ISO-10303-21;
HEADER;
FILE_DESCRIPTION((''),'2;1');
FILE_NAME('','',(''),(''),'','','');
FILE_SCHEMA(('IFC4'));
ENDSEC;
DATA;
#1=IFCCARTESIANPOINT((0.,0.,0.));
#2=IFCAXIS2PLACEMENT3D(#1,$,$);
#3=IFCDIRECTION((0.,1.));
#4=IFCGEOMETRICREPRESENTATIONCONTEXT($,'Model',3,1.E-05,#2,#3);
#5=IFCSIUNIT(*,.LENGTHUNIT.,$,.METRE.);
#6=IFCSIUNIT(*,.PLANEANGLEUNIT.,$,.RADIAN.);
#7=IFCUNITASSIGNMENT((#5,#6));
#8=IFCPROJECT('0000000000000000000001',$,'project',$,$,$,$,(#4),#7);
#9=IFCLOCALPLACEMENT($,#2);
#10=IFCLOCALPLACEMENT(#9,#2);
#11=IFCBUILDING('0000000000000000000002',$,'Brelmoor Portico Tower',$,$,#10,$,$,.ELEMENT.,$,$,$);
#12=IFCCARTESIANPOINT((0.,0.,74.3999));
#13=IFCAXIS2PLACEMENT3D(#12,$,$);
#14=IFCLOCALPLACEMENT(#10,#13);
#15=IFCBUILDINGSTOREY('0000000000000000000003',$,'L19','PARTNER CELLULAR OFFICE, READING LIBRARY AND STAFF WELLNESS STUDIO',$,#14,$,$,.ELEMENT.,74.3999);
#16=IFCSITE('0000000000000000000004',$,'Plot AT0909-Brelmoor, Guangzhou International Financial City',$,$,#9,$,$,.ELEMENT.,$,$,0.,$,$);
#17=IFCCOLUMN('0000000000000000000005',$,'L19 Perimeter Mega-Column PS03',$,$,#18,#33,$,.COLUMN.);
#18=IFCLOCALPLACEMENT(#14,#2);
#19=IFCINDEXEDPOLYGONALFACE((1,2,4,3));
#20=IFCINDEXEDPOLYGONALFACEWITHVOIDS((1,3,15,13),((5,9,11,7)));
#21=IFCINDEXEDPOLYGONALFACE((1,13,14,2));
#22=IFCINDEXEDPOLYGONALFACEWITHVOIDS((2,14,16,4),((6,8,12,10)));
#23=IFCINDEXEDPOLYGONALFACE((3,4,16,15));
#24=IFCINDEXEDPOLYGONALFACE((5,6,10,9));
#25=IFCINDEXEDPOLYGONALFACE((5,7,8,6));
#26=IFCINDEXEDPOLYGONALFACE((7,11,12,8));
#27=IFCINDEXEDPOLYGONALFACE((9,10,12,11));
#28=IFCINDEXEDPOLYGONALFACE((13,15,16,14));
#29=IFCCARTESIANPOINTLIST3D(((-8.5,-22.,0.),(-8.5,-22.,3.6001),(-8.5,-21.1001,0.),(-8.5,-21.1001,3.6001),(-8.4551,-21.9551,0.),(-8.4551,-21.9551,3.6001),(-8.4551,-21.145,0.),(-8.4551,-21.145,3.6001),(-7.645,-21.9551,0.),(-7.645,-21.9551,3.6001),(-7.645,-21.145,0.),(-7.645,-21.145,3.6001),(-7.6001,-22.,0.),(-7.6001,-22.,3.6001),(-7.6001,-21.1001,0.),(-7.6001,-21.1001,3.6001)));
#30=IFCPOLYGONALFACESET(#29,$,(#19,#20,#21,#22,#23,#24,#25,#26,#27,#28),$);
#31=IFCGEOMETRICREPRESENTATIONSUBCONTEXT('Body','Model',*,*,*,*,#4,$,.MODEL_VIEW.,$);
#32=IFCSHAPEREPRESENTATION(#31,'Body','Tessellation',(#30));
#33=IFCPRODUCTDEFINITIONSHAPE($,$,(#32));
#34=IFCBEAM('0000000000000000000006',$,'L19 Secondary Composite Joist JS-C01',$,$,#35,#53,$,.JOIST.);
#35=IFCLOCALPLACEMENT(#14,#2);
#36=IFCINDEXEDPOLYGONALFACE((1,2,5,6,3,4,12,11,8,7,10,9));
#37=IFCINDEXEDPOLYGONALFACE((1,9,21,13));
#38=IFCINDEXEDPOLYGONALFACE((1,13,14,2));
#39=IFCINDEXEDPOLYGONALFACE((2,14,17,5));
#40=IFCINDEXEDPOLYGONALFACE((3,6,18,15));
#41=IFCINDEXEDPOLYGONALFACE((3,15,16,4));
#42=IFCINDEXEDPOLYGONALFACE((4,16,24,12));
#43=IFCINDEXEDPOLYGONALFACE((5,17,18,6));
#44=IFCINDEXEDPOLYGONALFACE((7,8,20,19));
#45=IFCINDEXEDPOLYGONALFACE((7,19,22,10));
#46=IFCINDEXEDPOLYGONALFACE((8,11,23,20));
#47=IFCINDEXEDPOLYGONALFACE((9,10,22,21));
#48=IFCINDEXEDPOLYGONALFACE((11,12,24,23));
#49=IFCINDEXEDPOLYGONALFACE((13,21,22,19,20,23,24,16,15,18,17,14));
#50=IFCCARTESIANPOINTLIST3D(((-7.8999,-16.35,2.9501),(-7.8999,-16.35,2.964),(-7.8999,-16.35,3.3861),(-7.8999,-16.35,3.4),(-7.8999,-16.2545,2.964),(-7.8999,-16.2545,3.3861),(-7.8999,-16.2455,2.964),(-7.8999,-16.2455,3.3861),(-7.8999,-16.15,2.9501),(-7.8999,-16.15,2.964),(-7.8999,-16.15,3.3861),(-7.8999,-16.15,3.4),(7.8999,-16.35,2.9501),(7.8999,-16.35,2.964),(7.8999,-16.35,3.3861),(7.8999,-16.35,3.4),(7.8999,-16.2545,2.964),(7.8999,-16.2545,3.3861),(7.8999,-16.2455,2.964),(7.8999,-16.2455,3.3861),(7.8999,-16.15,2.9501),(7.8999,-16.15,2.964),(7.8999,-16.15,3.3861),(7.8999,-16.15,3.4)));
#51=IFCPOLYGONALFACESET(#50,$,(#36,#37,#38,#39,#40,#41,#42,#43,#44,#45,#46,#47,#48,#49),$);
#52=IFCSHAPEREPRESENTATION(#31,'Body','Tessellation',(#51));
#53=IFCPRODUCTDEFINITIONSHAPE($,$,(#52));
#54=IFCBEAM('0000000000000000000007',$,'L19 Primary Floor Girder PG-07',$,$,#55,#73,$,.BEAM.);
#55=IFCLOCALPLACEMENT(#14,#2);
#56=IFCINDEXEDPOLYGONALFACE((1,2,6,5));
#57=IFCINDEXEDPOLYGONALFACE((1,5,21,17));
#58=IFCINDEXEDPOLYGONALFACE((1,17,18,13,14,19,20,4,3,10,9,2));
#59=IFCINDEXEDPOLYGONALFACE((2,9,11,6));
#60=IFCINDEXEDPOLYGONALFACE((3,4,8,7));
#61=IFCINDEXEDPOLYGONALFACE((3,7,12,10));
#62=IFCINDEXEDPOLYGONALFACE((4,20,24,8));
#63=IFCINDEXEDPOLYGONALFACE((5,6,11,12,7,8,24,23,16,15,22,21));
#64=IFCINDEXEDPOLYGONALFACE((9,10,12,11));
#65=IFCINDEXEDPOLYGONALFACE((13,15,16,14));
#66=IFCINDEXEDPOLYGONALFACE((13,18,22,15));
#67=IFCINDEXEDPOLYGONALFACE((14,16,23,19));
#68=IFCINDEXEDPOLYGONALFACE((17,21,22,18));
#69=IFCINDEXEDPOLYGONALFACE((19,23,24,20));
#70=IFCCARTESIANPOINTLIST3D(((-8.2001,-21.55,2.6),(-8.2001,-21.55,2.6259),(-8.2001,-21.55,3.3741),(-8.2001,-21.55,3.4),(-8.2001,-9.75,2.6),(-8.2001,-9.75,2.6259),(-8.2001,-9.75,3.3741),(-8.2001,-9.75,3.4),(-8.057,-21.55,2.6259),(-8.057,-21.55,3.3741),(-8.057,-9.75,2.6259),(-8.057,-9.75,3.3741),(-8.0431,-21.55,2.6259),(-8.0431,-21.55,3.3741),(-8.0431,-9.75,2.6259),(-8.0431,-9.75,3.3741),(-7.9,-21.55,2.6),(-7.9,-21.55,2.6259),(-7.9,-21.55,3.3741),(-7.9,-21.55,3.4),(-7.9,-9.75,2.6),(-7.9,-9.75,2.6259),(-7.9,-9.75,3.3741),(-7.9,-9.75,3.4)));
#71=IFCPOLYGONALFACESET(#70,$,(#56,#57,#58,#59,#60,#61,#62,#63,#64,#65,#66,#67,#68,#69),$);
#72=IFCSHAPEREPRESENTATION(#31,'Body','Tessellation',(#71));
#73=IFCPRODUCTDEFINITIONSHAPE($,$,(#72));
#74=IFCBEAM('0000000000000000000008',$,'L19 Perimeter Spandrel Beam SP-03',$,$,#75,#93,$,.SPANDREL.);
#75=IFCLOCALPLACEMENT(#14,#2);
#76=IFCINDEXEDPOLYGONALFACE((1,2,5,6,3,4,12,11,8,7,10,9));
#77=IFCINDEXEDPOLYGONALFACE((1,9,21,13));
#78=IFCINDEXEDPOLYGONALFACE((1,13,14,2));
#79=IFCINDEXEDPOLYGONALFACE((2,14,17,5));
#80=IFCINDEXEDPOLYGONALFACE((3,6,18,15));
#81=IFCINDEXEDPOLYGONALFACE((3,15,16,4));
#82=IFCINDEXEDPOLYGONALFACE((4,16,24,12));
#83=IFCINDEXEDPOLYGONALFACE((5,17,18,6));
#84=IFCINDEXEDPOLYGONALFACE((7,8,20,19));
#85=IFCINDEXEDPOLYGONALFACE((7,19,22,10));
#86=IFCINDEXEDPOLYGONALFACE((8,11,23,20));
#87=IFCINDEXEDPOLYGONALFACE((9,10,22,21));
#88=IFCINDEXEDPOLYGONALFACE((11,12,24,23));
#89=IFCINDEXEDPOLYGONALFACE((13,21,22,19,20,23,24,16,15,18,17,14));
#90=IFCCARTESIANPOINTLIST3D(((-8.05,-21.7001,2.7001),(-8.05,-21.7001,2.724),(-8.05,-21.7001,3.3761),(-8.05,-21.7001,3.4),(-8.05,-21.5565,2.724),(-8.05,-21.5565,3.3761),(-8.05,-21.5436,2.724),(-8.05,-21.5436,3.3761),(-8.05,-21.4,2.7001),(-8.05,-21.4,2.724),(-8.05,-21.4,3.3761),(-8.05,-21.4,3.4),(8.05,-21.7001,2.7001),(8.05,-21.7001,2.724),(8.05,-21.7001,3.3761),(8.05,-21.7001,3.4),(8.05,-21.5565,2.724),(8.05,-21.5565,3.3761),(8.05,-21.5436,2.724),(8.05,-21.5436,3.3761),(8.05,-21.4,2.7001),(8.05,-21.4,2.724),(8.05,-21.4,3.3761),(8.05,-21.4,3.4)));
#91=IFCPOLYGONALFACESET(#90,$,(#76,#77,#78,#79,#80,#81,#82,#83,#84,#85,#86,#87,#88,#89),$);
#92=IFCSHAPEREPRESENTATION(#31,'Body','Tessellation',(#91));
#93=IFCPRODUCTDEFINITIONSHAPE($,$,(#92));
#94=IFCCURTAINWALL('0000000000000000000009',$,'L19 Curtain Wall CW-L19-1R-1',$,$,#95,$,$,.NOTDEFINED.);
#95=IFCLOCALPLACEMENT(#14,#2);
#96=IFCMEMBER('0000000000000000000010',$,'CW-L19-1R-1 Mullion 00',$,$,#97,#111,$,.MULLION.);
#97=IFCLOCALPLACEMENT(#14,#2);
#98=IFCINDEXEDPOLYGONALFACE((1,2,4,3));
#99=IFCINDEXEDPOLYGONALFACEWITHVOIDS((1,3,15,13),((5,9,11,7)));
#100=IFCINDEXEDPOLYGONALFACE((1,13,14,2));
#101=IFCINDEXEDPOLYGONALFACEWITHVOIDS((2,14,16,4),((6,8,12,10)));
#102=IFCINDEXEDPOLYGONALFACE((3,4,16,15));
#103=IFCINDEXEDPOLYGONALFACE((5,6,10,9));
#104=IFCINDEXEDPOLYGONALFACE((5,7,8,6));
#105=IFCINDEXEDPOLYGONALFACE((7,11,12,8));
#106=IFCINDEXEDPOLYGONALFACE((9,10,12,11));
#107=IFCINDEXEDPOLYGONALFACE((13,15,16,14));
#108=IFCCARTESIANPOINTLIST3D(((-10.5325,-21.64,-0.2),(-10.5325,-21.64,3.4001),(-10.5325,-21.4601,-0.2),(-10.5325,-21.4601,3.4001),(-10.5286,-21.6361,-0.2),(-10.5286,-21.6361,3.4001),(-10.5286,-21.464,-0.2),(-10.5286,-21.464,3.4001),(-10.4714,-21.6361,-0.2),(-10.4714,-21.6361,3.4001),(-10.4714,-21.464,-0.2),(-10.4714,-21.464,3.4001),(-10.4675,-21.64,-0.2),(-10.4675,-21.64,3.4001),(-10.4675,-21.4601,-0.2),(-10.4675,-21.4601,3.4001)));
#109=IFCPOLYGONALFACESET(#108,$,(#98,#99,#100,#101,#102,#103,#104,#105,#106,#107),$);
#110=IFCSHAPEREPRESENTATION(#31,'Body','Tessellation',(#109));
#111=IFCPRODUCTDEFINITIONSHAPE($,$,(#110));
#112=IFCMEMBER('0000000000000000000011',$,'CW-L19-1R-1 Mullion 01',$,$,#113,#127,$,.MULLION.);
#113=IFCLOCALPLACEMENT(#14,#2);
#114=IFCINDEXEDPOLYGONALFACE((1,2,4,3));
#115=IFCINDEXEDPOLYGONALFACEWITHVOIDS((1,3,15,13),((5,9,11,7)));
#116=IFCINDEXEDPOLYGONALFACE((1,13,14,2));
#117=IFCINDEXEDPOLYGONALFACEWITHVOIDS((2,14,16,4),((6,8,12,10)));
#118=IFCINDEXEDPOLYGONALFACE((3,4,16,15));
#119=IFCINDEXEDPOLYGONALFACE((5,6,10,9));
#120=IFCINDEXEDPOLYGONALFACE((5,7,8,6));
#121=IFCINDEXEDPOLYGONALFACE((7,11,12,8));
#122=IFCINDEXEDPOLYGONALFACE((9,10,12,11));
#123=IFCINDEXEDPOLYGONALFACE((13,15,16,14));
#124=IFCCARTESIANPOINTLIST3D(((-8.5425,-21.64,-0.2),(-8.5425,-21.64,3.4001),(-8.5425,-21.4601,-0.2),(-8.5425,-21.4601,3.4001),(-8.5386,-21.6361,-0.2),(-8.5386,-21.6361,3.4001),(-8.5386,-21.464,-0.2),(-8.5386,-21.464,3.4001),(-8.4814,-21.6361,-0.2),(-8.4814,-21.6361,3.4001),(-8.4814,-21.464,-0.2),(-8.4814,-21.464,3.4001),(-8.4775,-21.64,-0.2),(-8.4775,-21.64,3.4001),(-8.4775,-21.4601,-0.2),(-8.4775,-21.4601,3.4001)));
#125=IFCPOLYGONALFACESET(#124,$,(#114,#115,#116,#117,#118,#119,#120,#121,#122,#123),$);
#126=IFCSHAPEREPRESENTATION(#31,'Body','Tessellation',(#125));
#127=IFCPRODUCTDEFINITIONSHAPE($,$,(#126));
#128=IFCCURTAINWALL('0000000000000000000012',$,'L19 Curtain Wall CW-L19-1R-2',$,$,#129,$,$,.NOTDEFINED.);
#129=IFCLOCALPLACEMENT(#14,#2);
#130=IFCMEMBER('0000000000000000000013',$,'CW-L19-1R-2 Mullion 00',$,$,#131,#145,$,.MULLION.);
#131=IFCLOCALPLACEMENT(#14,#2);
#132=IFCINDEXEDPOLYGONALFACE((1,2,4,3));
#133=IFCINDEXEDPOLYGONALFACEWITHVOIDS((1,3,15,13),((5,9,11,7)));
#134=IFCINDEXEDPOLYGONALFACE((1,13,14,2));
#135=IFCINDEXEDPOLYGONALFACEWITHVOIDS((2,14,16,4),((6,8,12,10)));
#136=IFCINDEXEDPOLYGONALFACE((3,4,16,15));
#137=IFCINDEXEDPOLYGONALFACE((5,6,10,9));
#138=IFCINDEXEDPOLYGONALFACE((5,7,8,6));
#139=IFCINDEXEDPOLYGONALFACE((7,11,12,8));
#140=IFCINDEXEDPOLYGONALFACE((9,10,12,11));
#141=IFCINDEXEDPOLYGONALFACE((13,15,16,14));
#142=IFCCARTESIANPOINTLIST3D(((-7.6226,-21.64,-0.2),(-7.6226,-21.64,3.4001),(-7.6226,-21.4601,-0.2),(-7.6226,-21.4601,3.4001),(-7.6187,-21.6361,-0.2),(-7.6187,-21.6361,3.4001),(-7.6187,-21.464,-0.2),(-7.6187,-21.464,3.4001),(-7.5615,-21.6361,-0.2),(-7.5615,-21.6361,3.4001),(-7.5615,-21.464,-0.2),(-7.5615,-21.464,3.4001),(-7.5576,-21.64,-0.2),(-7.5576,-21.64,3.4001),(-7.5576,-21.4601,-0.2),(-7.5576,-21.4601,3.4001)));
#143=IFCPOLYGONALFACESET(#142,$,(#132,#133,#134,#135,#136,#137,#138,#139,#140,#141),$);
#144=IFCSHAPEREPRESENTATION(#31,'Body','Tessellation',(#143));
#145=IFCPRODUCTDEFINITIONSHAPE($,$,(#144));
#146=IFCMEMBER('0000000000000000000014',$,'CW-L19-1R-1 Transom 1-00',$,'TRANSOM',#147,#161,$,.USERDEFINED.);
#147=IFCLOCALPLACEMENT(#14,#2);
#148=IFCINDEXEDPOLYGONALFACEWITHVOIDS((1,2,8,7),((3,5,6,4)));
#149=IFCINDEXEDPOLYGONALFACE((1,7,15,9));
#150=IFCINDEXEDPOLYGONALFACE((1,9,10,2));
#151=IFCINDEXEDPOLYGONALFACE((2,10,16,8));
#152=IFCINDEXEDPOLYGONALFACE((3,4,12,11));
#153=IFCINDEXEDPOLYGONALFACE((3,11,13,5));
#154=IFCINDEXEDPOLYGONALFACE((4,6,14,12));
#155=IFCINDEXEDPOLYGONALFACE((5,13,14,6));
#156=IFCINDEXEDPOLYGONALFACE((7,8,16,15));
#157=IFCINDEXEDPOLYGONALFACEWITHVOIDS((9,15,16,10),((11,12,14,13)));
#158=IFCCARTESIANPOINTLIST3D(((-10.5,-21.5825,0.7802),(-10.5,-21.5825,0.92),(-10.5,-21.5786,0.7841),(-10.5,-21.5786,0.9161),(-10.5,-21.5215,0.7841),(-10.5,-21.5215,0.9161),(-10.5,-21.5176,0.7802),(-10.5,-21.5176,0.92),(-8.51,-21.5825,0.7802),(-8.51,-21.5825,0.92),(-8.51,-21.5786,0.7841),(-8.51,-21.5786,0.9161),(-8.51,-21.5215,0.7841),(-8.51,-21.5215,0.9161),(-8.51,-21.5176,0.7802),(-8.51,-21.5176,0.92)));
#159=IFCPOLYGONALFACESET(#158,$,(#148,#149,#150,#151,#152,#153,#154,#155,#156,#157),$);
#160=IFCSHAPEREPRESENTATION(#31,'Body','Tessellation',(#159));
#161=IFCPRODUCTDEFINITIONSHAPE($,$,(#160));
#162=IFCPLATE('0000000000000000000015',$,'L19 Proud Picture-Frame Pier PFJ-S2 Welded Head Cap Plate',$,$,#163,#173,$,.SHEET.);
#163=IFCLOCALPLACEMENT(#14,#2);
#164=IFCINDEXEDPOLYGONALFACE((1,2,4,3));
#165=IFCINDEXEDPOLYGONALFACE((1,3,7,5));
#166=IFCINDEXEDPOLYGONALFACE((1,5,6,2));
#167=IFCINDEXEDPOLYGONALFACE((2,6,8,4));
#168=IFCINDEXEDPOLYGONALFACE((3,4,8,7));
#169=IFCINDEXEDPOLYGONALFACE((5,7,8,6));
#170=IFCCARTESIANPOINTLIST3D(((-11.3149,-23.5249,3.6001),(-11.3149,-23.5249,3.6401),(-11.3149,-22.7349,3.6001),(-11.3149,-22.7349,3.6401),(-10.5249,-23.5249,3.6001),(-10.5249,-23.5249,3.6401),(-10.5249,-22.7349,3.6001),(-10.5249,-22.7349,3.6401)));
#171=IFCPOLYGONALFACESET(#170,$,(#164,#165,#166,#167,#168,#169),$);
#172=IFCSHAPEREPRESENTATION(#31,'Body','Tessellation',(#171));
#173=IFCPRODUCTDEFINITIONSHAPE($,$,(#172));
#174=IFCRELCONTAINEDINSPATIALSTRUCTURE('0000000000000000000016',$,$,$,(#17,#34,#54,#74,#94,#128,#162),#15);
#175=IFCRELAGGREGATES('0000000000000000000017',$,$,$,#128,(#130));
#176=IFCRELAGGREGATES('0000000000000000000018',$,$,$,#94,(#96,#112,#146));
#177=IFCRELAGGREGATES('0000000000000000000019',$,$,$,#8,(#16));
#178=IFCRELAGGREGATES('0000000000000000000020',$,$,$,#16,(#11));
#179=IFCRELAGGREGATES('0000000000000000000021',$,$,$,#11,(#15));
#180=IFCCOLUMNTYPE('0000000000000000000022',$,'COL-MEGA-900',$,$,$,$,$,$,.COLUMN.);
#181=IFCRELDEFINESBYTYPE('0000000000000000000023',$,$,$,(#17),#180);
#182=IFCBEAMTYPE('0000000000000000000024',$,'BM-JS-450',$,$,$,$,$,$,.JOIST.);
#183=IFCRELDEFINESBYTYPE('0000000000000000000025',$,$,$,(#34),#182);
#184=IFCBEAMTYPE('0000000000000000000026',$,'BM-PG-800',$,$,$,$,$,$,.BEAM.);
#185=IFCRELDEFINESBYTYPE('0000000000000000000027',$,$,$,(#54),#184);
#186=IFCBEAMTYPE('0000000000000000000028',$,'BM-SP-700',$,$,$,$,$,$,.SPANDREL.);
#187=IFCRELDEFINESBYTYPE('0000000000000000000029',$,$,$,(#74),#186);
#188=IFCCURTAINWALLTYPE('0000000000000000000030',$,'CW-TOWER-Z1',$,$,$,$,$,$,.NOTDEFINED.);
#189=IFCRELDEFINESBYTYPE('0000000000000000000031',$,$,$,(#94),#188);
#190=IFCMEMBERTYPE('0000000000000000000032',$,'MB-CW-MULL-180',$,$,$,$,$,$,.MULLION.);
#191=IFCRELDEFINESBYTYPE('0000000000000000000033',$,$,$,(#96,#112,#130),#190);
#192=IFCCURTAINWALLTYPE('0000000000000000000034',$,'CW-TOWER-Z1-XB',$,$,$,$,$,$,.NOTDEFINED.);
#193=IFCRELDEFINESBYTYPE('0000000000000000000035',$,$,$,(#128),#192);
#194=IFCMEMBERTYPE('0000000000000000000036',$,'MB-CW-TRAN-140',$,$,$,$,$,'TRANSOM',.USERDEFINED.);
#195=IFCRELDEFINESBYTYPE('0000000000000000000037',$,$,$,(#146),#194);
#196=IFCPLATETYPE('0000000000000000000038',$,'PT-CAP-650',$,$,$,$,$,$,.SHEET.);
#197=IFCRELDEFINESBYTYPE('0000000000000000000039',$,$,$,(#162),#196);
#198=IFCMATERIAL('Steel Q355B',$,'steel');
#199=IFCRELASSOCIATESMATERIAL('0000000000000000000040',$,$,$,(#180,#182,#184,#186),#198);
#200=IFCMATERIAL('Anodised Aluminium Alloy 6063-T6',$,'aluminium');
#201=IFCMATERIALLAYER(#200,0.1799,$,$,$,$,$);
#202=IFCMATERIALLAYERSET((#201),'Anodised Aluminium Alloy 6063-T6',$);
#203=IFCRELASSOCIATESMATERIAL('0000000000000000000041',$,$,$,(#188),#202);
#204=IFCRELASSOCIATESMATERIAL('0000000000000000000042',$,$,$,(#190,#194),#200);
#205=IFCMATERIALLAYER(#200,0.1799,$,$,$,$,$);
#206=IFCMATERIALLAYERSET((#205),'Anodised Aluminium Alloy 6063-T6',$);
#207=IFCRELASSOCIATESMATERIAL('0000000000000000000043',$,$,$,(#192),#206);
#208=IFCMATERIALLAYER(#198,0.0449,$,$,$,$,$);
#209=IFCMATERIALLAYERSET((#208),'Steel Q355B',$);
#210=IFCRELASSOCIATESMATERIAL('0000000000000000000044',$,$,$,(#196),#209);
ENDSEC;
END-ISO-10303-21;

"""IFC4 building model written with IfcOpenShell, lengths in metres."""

from ifc_helpers import new_model, si_unit, direction, frame, origin, origin_2d, place, context, subcontext, project, spatial, rectangle, hollow_rectangle, i_section, extrude, material, layer, layer_set, material_profile, profile_set, type_object, element, aggregate, save


model = new_model("IFC4")

# Units and contexts
model_context = context("Model", 3, precision=1e-05, world=origin(), true_north=direction((0.0, 1.0)))
body_context = subcontext(model_context, "Body", "Model", "MODEL_VIEW")
ifc_project = project(units=[si_unit("LENGTHUNIT", "METRE"), si_unit("PLANEANGLEUNIT", "RADIAN")], contexts=[model_context])

# Site, building, storey
site_placement = place(None, origin())
site = spatial("IfcSite", under=ifc_project, at=site_placement, Name="Plot AT0909-Brelmoor, Guangzhou International Financial City", CompositionType="ELEMENT", RefElevation=0.0)
building_placement = place(site_placement, origin())
building = spatial("IfcBuilding", under=site, at=building_placement, Name="Brelmoor Portico Tower", CompositionType="ELEMENT")
storey_placement = place(building_placement, frame((0.0, 0.0, 74.3999)))
storey = spatial("IfcBuildingStorey", under=building, at=storey_placement, Name="L19", Description="PARTNER CELLULAR OFFICE, READING LIBRARY AND STAFF WELLNESS STUDIO", CompositionType="ELEMENT", Elevation=74.3999)

# Column
ifc_material_1 = material(Name="Steel Q355B", Category="steel")
ifc_material_profile_1 = material_profile(ifc_material_1, hollow_rectangle(XDim=0.8999, YDim=0.8999, WallThickness=0.0449, at=origin_2d()), Name="BOX 900x900x45")
ifc_profile_set_1 = profile_set([ifc_material_profile_1], Name="Steel Q355B")
column_type = type_object("IfcColumnType", Name="COL-MEGA-900", PredefinedType="COLUMN", material=ifc_profile_set_1)
column_placement = place(storey_placement, frame((-8.05, -21.55, 0.0), z_axis=(0.0, 0.0, 1.0), x_axis=(1.0, 0.0, 0.0)))
element("IfcColumn", 1, at=column_placement, inside=storey, type_object=column_type, Name="L19 Perimeter Mega-Column PS03", PredefinedType="COLUMN", context=body_context, shape_type="SweptSolid", body=[
    extrude(hollow_rectangle(XDim=0.8999, YDim=0.8999, WallThickness=0.0449, at=origin_2d()), origin(), (0.0, 0.0, 1.0), 3.6001),
])

# Beams
ifc_material_profile_2 = material_profile(ifc_material_1, i_section(OverallWidth=0.2, OverallDepth=0.45, WebThickness=0.009, FlangeThickness=0.0139, at=origin_2d()), Name="HN 450x200x9x14")
ifc_profile_set_2 = profile_set([ifc_material_profile_2], Name="Steel Q355B")
beam_type_1 = type_object("IfcBeamType", Name="BM-JS-450", PredefinedType="JOIST", material=ifc_profile_set_2)
beam_1_placement = place(storey_placement, frame((-7.8999, -16.25, 3.175), z_axis=(1.0, 0.0, 0.0), x_axis=(0.0, 1.0, 0.0)))
element("IfcBeam", 2, at=beam_1_placement, inside=storey, type_object=beam_type_1, Name="L19 Secondary Composite Joist JS-C01", PredefinedType="JOIST", context=body_context, shape_type="SweptSolid", body=[
    extrude(i_section(OverallWidth=0.2, OverallDepth=0.45, WebThickness=0.009, FlangeThickness=0.0139, at=origin_2d()), origin(), (0.0, 0.0, 1.0), 15.7998),
])
ifc_material_profile_3 = material_profile(ifc_material_1, i_section(OverallWidth=0.3, OverallDepth=0.8, WebThickness=0.0139, FlangeThickness=0.0259, at=origin_2d()), Name="HN 800x300x14x26")
ifc_profile_set_3 = profile_set([ifc_material_profile_3], Name="Steel Q355B")
beam_type_2 = type_object("IfcBeamType", Name="BM-PG-800", PredefinedType="BEAM", material=ifc_profile_set_3)
beam_2_placement = place(storey_placement, frame((-8.05, -21.55, 3.0), z_axis=(0.0, 1.0, 0.0), x_axis=(-1.0, 0.0, 0.0)))
element("IfcBeam", 3, at=beam_2_placement, inside=storey, type_object=beam_type_2, Name="L19 Primary Floor Girder PG-07", PredefinedType="BEAM", context=body_context, shape_type="SweptSolid", body=[
    extrude(i_section(OverallWidth=0.3, OverallDepth=0.8, WebThickness=0.0139, FlangeThickness=0.0259, at=origin_2d()), origin(), (0.0, 0.0, 1.0), 11.8),
])
ifc_material_profile_4 = material_profile(ifc_material_1, i_section(OverallWidth=0.3, OverallDepth=0.7, WebThickness=0.0129, FlangeThickness=0.0239, at=origin_2d()), Name="HN 700x300x13x24")
ifc_profile_set_4 = profile_set([ifc_material_profile_4], Name="Steel Q355B")
beam_type_3 = type_object("IfcBeamType", Name="BM-SP-700", PredefinedType="SPANDREL", material=ifc_profile_set_4)
beam_3_placement = place(storey_placement, frame((-8.05, -21.55, 3.05), z_axis=(1.0, 0.0, 0.0), x_axis=(0.0, 1.0, 0.0)))
element("IfcBeam", 4, at=beam_3_placement, inside=storey, type_object=beam_type_3, Name="L19 Perimeter Spandrel Beam SP-03", PredefinedType="SPANDREL", context=body_context, shape_type="SweptSolid", body=[
    extrude(i_section(OverallWidth=0.3, OverallDepth=0.7, WebThickness=0.0129, FlangeThickness=0.0239, at=origin_2d()), origin(), (0.0, 0.0, 1.0), 16.1001),
])

# Curtain wall, members
ifc_material_2 = material(Name="Anodised Aluminium Alloy 6063-T6", Category="aluminium")
ifc_layer_1 = layer(ifc_material_2, 0.1799)
ifc_layer_set_1 = layer_set([ifc_layer_1], Name="Anodised Aluminium Alloy 6063-T6")
curtain_wall_type_1 = type_object("IfcCurtainWallType", Name="CW-TOWER-Z1", PredefinedType="NOTDEFINED", material=ifc_layer_set_1)
curtain_wall_1_placement = place(storey_placement, origin())
curtain_wall_1 = element("IfcCurtainWall", 5, at=curtain_wall_1_placement, inside=storey, type_object=curtain_wall_type_1, Name="L19 Curtain Wall CW-L19-1R-1", PredefinedType="NOTDEFINED")
ifc_material_profile_5 = material_profile(ifc_material_2, hollow_rectangle(XDim=0.0649, YDim=0.1799, WallThickness=0.0039, at=origin_2d()), Name="ALU MULLION 65x180")
ifc_profile_set_5 = profile_set([ifc_material_profile_5], Name="Anodised Aluminium Alloy 6063-T6")
member_type_1 = type_object("IfcMemberType", Name="MB-CW-MULL-180", PredefinedType="MULLION", material=ifc_profile_set_5)
member_1_placement = place(storey_placement, frame((-10.5, -21.55, -0.2), z_axis=(0.0, 0.0, 1.0), x_axis=(1.0, 0.0, 0.0)))
member_1 = element("IfcMember", 6, at=member_1_placement, type_object=member_type_1, Name="CW-L19-1R-1 Mullion 00", PredefinedType="MULLION", context=body_context, shape_type="SweptSolid", body=[
    extrude(hollow_rectangle(XDim=0.0649, YDim=0.1799, WallThickness=0.0039, at=origin_2d()), origin(), (0.0, 0.0, 1.0), 3.6001),
])
member_2_placement = place(storey_placement, frame((-8.51, -21.55, -0.2), z_axis=(0.0, 0.0, 1.0), x_axis=(1.0, 0.0, 0.0)))
member_2 = element("IfcMember", 7, at=member_2_placement, type_object=member_type_1, Name="CW-L19-1R-1 Mullion 01", PredefinedType="MULLION", context=body_context, shape_type="SweptSolid", body=[
    extrude(hollow_rectangle(XDim=0.0649, YDim=0.1799, WallThickness=0.0039, at=origin_2d()), origin(), (0.0, 0.0, 1.0), 3.6001),
])

# Curtain wall, member
ifc_layer_2 = layer(ifc_material_2, 0.1799)
ifc_layer_set_2 = layer_set([ifc_layer_2], Name="Anodised Aluminium Alloy 6063-T6")
curtain_wall_type_2 = type_object("IfcCurtainWallType", Name="CW-TOWER-Z1-XB", PredefinedType="NOTDEFINED", material=ifc_layer_set_2)
curtain_wall_2_placement = place(storey_placement, origin())
curtain_wall_2 = element("IfcCurtainWall", 8, at=curtain_wall_2_placement, inside=storey, type_object=curtain_wall_type_2, Name="L19 Curtain Wall CW-L19-1R-2", PredefinedType="NOTDEFINED")
member_3_placement = place(storey_placement, frame((-7.5901, -21.55, -0.2), z_axis=(0.0, 0.0, 1.0), x_axis=(1.0, 0.0, 0.0)))
member_3 = element("IfcMember", 9, at=member_3_placement, type_object=member_type_1, Name="CW-L19-1R-2 Mullion 00", PredefinedType="MULLION", context=body_context, shape_type="SweptSolid", body=[
    extrude(hollow_rectangle(XDim=0.0649, YDim=0.1799, WallThickness=0.0039, at=origin_2d()), origin(), (0.0, 0.0, 1.0), 3.6001),
])
aggregate(curtain_wall_2, [member_3])

# Member
ifc_material_profile_6 = material_profile(ifc_material_2, hollow_rectangle(XDim=0.0649, YDim=0.1399, WallThickness=0.0039, at=origin_2d()), Name="ALU TRANSOM 65x140")
ifc_profile_set_6 = profile_set([ifc_material_profile_6], Name="Anodised Aluminium Alloy 6063-T6")
member_type_2 = type_object("IfcMemberType", Name="MB-CW-TRAN-140", ElementType="TRANSOM", PredefinedType="USERDEFINED", material=ifc_profile_set_6)
member_4_placement = place(storey_placement, frame((-10.5, -21.55, 0.8501), z_axis=(1.0, 0.0, 0.0), x_axis=(0.0, 1.0, 0.0)))
member_4 = element("IfcMember", 10, at=member_4_placement, type_object=member_type_2, Name="CW-L19-1R-1 Transom 1-00", ObjectType="TRANSOM", PredefinedType="USERDEFINED", context=body_context, shape_type="SweptSolid", body=[
    extrude(hollow_rectangle(XDim=0.0649, YDim=0.1399, WallThickness=0.0039, at=origin_2d()), origin(), (0.0, 0.0, 1.0), 1.99),
])

# Plate
ifc_layer_3 = layer(ifc_material_1, 0.0449)
ifc_layer_set_3 = layer_set([ifc_layer_3], Name="Steel Q355B")
plate_type_1 = type_object("IfcPlateType", Name="PT-CAP-650", PredefinedType="SHEET", material=ifc_layer_set_3)
plate_1_placement = place(storey_placement, frame((-10.9199, -23.1299, 3.6001), z_axis=(0.0, 0.0, 1.0), x_axis=(1.0, 0.0, 0.0)))
element("IfcPlate", 11, at=plate_1_placement, inside=storey, type_object=plate_type_1, Name="L19 Proud Picture-Frame Pier PFJ-S2 Welded Head Cap Plate", PredefinedType="SHEET", context=body_context, shape_type="SweptSolid", body=[
    extrude(rectangle(XDim=0.79, YDim=0.79, at=origin_2d()), origin(), (0.0, 0.0, 1.0), 0.04),
])
aggregate(curtain_wall_1, [member_1, member_2, member_4])

save(model, "model.ifc")
